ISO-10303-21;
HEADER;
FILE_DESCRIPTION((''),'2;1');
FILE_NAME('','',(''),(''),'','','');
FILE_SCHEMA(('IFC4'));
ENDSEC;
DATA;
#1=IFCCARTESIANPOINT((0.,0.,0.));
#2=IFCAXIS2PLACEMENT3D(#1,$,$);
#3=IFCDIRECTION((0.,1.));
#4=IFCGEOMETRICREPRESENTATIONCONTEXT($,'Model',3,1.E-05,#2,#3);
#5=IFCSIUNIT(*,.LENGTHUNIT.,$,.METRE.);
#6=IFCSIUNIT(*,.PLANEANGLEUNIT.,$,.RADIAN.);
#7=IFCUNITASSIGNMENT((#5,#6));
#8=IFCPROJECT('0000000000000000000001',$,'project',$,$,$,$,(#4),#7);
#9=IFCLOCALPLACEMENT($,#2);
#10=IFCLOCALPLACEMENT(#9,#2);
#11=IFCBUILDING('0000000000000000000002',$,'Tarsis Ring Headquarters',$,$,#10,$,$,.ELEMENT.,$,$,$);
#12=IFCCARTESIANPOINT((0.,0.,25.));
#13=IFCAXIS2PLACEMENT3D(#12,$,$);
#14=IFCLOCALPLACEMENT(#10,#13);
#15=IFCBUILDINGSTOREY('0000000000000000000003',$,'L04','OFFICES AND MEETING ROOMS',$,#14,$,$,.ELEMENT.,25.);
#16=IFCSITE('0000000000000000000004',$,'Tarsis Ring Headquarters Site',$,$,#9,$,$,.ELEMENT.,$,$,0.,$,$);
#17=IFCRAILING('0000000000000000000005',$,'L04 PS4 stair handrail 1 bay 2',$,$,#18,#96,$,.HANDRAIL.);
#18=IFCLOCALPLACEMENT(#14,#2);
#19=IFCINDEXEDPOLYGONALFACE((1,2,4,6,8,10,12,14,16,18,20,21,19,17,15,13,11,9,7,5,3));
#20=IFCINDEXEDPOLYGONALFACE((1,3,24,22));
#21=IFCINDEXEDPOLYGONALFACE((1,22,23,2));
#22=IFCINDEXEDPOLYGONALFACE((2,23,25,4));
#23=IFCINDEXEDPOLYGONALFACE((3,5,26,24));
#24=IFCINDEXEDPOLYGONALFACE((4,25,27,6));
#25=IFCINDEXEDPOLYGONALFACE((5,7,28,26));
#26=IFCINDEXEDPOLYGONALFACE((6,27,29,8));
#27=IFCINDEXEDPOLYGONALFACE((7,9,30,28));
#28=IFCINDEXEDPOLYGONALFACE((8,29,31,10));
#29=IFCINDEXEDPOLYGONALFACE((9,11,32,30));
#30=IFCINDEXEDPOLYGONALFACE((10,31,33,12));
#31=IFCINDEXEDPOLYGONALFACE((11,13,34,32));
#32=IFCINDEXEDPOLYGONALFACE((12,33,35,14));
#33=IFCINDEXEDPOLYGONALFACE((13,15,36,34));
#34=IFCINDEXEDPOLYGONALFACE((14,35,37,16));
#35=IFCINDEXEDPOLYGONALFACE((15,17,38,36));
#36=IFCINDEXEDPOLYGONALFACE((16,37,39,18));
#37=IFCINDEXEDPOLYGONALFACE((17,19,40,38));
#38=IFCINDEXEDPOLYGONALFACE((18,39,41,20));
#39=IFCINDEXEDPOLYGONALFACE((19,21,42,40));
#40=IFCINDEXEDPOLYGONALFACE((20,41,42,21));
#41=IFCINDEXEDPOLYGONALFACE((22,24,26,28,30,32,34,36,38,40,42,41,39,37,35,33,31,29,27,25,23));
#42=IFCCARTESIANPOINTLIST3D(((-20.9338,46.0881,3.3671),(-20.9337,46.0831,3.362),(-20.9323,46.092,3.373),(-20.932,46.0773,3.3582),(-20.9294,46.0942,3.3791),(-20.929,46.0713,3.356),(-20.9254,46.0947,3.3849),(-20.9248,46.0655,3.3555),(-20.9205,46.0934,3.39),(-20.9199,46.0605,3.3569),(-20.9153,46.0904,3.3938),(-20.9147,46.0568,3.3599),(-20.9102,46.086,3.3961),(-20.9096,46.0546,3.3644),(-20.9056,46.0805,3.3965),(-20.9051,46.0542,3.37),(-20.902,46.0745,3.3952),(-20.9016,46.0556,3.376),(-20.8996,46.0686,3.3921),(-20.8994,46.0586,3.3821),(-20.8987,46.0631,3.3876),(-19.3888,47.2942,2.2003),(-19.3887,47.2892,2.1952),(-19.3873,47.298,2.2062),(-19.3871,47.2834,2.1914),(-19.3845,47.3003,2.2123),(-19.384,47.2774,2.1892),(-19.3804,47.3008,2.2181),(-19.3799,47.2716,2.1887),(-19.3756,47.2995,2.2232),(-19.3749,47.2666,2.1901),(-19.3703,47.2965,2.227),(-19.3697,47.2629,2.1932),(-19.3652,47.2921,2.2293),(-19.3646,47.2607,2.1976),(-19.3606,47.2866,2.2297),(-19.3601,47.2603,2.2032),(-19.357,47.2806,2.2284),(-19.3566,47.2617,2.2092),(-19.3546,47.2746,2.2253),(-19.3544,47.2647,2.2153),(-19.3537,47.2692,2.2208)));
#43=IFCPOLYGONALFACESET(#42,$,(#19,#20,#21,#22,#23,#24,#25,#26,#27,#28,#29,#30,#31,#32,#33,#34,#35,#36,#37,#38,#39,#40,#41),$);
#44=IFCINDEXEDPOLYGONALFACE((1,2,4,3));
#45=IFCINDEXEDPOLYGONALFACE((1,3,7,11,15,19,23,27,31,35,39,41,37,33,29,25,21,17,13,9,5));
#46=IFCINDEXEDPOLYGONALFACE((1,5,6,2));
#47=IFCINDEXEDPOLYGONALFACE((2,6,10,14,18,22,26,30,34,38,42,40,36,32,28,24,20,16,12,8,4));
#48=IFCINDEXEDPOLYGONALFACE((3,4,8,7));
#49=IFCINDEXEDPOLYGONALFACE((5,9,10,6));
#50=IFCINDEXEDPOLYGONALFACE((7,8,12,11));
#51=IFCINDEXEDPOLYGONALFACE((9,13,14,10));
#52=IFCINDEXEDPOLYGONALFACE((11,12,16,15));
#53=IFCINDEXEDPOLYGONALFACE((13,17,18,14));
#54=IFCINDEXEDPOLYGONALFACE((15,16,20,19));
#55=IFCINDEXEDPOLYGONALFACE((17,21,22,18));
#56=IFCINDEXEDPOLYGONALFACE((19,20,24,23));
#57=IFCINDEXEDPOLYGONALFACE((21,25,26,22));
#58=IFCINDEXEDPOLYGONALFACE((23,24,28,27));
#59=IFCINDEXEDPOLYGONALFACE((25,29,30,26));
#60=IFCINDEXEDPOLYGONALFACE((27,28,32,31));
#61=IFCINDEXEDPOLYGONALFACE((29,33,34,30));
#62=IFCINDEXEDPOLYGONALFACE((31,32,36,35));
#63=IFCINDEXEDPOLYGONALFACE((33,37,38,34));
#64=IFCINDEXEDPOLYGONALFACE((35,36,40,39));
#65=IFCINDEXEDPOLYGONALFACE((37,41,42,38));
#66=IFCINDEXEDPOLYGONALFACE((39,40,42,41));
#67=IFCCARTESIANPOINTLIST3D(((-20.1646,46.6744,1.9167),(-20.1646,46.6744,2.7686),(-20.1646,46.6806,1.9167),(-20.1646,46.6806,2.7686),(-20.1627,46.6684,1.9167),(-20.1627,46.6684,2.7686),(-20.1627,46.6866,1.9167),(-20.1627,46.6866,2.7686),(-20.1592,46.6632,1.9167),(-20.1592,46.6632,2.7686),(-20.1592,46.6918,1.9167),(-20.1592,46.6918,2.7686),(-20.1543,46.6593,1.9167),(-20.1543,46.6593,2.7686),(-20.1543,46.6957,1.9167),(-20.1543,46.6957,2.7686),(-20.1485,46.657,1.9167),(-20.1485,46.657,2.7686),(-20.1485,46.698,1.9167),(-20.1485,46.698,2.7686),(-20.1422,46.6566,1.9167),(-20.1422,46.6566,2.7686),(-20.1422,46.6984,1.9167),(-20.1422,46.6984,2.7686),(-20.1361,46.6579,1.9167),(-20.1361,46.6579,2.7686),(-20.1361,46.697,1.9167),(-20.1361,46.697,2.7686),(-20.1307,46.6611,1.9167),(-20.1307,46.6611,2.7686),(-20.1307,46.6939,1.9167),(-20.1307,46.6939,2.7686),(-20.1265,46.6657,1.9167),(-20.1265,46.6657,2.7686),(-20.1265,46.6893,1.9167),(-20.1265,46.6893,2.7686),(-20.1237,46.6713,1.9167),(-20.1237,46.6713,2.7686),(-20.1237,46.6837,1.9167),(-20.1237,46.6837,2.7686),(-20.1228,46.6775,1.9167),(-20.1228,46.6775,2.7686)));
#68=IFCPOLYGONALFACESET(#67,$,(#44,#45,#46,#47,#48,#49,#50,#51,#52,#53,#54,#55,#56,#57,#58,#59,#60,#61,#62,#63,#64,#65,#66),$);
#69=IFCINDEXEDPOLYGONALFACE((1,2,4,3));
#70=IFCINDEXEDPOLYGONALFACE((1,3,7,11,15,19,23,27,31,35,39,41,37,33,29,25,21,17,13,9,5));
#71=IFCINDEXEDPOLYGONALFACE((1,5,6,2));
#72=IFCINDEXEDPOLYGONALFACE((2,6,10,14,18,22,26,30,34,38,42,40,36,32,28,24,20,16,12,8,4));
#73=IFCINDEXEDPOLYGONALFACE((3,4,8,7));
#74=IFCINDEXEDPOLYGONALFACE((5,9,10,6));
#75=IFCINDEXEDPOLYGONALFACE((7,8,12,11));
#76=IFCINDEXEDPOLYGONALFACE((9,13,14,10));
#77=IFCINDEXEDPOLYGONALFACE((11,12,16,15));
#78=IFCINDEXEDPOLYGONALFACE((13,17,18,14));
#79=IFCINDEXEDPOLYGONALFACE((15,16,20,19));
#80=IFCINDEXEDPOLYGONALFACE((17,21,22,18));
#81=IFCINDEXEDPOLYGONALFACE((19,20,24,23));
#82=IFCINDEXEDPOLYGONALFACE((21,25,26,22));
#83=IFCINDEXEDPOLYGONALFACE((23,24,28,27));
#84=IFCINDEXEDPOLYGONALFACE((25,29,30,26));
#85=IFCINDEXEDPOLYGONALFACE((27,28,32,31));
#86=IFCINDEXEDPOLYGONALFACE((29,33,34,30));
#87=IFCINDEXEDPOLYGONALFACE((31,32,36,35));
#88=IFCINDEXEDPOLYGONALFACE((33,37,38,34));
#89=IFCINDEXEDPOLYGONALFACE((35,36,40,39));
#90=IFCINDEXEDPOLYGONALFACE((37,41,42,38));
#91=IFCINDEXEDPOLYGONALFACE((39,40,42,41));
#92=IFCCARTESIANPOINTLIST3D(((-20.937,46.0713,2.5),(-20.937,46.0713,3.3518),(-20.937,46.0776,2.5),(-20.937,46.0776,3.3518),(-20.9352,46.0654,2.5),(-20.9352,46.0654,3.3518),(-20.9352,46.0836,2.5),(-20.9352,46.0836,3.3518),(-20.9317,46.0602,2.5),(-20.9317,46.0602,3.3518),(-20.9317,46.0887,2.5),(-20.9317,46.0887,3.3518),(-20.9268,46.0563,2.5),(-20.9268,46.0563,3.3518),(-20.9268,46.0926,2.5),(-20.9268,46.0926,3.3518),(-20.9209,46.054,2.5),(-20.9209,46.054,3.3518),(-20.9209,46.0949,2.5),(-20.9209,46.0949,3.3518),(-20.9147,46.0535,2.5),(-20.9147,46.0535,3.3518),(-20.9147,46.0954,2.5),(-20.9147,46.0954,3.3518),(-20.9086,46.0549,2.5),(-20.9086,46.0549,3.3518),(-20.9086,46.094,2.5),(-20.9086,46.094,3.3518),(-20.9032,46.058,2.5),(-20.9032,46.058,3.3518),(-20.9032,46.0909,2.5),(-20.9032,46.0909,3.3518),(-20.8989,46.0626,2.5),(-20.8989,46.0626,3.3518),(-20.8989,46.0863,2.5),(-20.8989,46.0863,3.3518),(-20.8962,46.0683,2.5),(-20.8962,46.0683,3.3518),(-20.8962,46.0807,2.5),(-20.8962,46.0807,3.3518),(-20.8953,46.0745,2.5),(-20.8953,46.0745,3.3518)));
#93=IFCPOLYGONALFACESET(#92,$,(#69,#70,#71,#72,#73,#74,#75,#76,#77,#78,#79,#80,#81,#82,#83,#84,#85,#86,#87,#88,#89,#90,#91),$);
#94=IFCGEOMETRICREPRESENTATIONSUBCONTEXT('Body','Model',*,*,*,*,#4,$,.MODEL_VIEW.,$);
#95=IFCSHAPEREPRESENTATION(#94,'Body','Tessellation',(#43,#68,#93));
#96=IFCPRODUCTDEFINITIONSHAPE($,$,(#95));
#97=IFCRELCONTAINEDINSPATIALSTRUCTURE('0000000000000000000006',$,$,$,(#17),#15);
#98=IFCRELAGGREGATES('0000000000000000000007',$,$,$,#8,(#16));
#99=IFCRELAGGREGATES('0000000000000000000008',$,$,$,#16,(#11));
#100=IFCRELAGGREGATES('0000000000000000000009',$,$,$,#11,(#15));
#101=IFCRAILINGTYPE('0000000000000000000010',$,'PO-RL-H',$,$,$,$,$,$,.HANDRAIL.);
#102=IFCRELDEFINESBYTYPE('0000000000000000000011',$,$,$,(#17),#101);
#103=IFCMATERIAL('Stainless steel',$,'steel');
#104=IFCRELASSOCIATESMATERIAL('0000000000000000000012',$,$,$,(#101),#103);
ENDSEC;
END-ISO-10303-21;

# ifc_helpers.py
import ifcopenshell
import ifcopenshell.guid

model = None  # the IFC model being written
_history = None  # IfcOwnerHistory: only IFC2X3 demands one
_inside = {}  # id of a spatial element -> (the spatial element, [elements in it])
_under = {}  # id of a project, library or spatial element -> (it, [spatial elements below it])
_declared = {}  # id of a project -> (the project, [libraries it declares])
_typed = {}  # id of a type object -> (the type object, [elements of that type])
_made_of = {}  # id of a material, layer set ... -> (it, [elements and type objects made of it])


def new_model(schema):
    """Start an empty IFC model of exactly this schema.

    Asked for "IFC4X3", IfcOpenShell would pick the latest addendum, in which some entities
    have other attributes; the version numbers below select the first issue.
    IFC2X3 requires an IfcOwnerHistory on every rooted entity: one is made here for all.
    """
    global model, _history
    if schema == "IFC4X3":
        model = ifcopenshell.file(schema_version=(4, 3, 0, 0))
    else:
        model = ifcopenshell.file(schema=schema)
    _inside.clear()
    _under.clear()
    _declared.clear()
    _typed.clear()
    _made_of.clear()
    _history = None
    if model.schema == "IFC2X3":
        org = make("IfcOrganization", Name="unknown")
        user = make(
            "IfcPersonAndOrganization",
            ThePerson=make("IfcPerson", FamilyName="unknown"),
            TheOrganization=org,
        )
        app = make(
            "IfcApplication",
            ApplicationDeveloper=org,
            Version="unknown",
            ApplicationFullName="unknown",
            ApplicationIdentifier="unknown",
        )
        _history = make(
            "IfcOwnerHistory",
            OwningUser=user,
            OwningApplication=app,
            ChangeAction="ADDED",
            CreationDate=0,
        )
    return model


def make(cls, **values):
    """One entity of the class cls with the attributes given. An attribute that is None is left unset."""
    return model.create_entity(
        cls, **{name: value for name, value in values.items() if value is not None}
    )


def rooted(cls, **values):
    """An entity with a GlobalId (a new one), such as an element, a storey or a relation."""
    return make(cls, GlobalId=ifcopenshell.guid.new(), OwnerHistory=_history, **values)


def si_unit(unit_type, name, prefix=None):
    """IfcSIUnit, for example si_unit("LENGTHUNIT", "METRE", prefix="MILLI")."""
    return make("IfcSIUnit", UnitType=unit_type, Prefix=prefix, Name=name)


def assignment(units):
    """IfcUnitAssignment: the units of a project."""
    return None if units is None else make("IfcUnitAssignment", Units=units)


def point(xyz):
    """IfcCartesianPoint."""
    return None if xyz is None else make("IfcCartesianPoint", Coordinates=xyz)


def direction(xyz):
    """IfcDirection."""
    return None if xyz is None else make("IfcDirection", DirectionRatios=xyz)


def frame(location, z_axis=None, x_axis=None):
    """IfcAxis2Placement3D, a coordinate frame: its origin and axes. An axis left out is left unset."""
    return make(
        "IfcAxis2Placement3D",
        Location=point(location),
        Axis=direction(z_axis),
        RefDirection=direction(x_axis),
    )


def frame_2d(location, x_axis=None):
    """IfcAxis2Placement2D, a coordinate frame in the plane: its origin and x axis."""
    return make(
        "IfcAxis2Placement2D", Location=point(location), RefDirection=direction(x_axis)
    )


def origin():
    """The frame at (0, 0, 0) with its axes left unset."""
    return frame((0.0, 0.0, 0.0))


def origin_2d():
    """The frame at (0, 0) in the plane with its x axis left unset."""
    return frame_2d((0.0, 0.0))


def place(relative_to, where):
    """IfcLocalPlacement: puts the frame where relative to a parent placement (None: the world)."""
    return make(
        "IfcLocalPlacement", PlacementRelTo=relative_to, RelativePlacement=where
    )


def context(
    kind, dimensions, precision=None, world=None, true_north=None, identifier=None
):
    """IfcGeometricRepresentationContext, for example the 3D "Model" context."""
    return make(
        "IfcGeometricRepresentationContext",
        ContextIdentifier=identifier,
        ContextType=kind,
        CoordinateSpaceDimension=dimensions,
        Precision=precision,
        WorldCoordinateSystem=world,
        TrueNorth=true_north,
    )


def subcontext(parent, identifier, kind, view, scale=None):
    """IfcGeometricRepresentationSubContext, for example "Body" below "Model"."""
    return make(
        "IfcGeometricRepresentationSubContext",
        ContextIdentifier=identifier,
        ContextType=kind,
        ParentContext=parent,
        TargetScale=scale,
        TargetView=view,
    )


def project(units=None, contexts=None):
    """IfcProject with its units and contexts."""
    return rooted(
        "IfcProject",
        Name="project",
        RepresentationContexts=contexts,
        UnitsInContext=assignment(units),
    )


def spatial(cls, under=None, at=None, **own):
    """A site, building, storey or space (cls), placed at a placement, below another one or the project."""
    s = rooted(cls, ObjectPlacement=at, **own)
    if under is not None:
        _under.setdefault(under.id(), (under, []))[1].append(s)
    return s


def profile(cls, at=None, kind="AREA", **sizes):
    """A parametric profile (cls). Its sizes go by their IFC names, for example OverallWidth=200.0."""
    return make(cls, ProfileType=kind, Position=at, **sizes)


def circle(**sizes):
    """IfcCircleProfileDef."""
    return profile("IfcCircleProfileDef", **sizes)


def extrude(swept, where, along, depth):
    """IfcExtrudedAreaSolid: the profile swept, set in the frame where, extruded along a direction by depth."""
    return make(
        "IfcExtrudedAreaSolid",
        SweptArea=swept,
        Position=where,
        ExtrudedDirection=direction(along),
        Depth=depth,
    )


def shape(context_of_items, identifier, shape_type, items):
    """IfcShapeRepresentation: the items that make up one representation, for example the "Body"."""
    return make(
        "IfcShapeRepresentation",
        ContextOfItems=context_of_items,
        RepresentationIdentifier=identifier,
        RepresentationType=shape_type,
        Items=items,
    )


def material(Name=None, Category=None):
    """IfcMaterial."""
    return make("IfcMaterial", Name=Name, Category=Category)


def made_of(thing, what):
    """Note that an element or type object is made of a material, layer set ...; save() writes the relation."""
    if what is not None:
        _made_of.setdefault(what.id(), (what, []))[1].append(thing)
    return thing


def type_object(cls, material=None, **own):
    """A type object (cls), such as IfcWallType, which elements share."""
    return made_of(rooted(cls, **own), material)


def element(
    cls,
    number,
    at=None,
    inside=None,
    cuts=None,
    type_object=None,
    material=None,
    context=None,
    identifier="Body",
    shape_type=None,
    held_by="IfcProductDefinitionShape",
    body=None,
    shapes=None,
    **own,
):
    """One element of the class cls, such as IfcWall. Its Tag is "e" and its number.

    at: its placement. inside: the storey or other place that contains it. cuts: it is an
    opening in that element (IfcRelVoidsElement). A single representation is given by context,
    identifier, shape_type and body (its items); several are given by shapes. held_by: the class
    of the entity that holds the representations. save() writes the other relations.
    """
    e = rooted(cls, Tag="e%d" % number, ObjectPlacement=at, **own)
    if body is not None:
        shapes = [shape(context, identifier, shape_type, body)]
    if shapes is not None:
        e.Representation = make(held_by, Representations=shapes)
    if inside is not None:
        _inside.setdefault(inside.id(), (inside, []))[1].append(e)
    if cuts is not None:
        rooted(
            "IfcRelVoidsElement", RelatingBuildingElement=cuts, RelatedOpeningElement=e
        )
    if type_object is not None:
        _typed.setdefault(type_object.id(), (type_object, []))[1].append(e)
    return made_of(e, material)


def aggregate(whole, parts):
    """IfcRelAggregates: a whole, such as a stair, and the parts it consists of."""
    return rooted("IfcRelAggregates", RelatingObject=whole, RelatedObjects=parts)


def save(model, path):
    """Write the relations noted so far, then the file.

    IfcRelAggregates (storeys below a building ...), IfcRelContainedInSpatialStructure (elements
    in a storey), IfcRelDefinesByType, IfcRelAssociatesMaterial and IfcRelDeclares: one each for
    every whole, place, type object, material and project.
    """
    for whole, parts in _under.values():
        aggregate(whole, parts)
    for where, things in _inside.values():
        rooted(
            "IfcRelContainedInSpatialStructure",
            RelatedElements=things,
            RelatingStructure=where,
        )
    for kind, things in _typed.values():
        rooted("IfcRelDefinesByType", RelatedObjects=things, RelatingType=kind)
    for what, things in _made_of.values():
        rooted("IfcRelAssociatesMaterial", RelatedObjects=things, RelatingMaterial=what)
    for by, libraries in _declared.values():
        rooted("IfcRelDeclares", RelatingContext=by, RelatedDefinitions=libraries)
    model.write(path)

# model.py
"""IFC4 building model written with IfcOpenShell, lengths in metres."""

from ifc_helpers import new_model, si_unit, direction, frame, origin, origin_2d, place, context, subcontext, project, spatial, circle, extrude, material, type_object, element, save


model = new_model("IFC4")

# Units and contexts
model_context = context("Model", 3, precision=1e-05, world=origin(), true_north=direction((0.0, 1.0)))
body_context = subcontext(model_context, "Body", "Model", "MODEL_VIEW")
ifc_project = project(units=[si_unit("LENGTHUNIT", "METRE"), si_unit("PLANEANGLEUNIT", "RADIAN")], contexts=[model_context])

# Site, building, storey
site_placement = place(None, origin())
site = spatial("IfcSite", under=ifc_project, at=site_placement, Name="Tarsis Ring Headquarters Site", CompositionType="ELEMENT", RefElevation=0.0)
building_placement = place(site_placement, origin())
building = spatial("IfcBuilding", under=site, at=building_placement, Name="Tarsis Ring Headquarters", CompositionType="ELEMENT")
storey_placement = place(building_placement, frame((0.0, 0.0, 25.0)))
storey = spatial("IfcBuildingStorey", under=building, at=storey_placement, Name="L04", Description="OFFICES AND MEETING ROOMS", CompositionType="ELEMENT", Elevation=25.0)

# Railing
ifc_material_1 = material(Name="Stainless steel", Category="steel")
railing_type_1 = type_object("IfcRailingType", Name="PO-RL-H", PredefinedType="HANDRAIL", material=ifc_material_1)
railing_1_placement = place(storey_placement, frame((-19.3713, 47.2805, 1.3333)))
element("IfcRailing", 1, at=railing_1_placement, inside=storey, type_object=railing_type_1, Name="L04 PS4 stair handrail 1 bay 2", PredefinedType="HANDRAIL", context=body_context, shape_type="SweptSolid", body=[
    extrude(circle(Radius=0.0239, at=origin_2d()), frame((0.0, 0.0, 0.876), z_axis=(-0.67732, -0.528755, 0.511522), x_axis=(0.615354, -0.788251, 0.0)), (0.0, 0.0, 1.0), 2.281),
    extrude(circle(Radius=0.021, at=origin_2d()), frame((-0.7725, -0.603, 0.5835)), (0.0, 0.0, 1.0), 0.8518),
    extrude(circle(Radius=0.021, at=origin_2d()), frame((-1.5449, -1.2061, 1.1667)), (0.0, 0.0, 1.0), 0.8518),
])

save(model, "model.ifc")
